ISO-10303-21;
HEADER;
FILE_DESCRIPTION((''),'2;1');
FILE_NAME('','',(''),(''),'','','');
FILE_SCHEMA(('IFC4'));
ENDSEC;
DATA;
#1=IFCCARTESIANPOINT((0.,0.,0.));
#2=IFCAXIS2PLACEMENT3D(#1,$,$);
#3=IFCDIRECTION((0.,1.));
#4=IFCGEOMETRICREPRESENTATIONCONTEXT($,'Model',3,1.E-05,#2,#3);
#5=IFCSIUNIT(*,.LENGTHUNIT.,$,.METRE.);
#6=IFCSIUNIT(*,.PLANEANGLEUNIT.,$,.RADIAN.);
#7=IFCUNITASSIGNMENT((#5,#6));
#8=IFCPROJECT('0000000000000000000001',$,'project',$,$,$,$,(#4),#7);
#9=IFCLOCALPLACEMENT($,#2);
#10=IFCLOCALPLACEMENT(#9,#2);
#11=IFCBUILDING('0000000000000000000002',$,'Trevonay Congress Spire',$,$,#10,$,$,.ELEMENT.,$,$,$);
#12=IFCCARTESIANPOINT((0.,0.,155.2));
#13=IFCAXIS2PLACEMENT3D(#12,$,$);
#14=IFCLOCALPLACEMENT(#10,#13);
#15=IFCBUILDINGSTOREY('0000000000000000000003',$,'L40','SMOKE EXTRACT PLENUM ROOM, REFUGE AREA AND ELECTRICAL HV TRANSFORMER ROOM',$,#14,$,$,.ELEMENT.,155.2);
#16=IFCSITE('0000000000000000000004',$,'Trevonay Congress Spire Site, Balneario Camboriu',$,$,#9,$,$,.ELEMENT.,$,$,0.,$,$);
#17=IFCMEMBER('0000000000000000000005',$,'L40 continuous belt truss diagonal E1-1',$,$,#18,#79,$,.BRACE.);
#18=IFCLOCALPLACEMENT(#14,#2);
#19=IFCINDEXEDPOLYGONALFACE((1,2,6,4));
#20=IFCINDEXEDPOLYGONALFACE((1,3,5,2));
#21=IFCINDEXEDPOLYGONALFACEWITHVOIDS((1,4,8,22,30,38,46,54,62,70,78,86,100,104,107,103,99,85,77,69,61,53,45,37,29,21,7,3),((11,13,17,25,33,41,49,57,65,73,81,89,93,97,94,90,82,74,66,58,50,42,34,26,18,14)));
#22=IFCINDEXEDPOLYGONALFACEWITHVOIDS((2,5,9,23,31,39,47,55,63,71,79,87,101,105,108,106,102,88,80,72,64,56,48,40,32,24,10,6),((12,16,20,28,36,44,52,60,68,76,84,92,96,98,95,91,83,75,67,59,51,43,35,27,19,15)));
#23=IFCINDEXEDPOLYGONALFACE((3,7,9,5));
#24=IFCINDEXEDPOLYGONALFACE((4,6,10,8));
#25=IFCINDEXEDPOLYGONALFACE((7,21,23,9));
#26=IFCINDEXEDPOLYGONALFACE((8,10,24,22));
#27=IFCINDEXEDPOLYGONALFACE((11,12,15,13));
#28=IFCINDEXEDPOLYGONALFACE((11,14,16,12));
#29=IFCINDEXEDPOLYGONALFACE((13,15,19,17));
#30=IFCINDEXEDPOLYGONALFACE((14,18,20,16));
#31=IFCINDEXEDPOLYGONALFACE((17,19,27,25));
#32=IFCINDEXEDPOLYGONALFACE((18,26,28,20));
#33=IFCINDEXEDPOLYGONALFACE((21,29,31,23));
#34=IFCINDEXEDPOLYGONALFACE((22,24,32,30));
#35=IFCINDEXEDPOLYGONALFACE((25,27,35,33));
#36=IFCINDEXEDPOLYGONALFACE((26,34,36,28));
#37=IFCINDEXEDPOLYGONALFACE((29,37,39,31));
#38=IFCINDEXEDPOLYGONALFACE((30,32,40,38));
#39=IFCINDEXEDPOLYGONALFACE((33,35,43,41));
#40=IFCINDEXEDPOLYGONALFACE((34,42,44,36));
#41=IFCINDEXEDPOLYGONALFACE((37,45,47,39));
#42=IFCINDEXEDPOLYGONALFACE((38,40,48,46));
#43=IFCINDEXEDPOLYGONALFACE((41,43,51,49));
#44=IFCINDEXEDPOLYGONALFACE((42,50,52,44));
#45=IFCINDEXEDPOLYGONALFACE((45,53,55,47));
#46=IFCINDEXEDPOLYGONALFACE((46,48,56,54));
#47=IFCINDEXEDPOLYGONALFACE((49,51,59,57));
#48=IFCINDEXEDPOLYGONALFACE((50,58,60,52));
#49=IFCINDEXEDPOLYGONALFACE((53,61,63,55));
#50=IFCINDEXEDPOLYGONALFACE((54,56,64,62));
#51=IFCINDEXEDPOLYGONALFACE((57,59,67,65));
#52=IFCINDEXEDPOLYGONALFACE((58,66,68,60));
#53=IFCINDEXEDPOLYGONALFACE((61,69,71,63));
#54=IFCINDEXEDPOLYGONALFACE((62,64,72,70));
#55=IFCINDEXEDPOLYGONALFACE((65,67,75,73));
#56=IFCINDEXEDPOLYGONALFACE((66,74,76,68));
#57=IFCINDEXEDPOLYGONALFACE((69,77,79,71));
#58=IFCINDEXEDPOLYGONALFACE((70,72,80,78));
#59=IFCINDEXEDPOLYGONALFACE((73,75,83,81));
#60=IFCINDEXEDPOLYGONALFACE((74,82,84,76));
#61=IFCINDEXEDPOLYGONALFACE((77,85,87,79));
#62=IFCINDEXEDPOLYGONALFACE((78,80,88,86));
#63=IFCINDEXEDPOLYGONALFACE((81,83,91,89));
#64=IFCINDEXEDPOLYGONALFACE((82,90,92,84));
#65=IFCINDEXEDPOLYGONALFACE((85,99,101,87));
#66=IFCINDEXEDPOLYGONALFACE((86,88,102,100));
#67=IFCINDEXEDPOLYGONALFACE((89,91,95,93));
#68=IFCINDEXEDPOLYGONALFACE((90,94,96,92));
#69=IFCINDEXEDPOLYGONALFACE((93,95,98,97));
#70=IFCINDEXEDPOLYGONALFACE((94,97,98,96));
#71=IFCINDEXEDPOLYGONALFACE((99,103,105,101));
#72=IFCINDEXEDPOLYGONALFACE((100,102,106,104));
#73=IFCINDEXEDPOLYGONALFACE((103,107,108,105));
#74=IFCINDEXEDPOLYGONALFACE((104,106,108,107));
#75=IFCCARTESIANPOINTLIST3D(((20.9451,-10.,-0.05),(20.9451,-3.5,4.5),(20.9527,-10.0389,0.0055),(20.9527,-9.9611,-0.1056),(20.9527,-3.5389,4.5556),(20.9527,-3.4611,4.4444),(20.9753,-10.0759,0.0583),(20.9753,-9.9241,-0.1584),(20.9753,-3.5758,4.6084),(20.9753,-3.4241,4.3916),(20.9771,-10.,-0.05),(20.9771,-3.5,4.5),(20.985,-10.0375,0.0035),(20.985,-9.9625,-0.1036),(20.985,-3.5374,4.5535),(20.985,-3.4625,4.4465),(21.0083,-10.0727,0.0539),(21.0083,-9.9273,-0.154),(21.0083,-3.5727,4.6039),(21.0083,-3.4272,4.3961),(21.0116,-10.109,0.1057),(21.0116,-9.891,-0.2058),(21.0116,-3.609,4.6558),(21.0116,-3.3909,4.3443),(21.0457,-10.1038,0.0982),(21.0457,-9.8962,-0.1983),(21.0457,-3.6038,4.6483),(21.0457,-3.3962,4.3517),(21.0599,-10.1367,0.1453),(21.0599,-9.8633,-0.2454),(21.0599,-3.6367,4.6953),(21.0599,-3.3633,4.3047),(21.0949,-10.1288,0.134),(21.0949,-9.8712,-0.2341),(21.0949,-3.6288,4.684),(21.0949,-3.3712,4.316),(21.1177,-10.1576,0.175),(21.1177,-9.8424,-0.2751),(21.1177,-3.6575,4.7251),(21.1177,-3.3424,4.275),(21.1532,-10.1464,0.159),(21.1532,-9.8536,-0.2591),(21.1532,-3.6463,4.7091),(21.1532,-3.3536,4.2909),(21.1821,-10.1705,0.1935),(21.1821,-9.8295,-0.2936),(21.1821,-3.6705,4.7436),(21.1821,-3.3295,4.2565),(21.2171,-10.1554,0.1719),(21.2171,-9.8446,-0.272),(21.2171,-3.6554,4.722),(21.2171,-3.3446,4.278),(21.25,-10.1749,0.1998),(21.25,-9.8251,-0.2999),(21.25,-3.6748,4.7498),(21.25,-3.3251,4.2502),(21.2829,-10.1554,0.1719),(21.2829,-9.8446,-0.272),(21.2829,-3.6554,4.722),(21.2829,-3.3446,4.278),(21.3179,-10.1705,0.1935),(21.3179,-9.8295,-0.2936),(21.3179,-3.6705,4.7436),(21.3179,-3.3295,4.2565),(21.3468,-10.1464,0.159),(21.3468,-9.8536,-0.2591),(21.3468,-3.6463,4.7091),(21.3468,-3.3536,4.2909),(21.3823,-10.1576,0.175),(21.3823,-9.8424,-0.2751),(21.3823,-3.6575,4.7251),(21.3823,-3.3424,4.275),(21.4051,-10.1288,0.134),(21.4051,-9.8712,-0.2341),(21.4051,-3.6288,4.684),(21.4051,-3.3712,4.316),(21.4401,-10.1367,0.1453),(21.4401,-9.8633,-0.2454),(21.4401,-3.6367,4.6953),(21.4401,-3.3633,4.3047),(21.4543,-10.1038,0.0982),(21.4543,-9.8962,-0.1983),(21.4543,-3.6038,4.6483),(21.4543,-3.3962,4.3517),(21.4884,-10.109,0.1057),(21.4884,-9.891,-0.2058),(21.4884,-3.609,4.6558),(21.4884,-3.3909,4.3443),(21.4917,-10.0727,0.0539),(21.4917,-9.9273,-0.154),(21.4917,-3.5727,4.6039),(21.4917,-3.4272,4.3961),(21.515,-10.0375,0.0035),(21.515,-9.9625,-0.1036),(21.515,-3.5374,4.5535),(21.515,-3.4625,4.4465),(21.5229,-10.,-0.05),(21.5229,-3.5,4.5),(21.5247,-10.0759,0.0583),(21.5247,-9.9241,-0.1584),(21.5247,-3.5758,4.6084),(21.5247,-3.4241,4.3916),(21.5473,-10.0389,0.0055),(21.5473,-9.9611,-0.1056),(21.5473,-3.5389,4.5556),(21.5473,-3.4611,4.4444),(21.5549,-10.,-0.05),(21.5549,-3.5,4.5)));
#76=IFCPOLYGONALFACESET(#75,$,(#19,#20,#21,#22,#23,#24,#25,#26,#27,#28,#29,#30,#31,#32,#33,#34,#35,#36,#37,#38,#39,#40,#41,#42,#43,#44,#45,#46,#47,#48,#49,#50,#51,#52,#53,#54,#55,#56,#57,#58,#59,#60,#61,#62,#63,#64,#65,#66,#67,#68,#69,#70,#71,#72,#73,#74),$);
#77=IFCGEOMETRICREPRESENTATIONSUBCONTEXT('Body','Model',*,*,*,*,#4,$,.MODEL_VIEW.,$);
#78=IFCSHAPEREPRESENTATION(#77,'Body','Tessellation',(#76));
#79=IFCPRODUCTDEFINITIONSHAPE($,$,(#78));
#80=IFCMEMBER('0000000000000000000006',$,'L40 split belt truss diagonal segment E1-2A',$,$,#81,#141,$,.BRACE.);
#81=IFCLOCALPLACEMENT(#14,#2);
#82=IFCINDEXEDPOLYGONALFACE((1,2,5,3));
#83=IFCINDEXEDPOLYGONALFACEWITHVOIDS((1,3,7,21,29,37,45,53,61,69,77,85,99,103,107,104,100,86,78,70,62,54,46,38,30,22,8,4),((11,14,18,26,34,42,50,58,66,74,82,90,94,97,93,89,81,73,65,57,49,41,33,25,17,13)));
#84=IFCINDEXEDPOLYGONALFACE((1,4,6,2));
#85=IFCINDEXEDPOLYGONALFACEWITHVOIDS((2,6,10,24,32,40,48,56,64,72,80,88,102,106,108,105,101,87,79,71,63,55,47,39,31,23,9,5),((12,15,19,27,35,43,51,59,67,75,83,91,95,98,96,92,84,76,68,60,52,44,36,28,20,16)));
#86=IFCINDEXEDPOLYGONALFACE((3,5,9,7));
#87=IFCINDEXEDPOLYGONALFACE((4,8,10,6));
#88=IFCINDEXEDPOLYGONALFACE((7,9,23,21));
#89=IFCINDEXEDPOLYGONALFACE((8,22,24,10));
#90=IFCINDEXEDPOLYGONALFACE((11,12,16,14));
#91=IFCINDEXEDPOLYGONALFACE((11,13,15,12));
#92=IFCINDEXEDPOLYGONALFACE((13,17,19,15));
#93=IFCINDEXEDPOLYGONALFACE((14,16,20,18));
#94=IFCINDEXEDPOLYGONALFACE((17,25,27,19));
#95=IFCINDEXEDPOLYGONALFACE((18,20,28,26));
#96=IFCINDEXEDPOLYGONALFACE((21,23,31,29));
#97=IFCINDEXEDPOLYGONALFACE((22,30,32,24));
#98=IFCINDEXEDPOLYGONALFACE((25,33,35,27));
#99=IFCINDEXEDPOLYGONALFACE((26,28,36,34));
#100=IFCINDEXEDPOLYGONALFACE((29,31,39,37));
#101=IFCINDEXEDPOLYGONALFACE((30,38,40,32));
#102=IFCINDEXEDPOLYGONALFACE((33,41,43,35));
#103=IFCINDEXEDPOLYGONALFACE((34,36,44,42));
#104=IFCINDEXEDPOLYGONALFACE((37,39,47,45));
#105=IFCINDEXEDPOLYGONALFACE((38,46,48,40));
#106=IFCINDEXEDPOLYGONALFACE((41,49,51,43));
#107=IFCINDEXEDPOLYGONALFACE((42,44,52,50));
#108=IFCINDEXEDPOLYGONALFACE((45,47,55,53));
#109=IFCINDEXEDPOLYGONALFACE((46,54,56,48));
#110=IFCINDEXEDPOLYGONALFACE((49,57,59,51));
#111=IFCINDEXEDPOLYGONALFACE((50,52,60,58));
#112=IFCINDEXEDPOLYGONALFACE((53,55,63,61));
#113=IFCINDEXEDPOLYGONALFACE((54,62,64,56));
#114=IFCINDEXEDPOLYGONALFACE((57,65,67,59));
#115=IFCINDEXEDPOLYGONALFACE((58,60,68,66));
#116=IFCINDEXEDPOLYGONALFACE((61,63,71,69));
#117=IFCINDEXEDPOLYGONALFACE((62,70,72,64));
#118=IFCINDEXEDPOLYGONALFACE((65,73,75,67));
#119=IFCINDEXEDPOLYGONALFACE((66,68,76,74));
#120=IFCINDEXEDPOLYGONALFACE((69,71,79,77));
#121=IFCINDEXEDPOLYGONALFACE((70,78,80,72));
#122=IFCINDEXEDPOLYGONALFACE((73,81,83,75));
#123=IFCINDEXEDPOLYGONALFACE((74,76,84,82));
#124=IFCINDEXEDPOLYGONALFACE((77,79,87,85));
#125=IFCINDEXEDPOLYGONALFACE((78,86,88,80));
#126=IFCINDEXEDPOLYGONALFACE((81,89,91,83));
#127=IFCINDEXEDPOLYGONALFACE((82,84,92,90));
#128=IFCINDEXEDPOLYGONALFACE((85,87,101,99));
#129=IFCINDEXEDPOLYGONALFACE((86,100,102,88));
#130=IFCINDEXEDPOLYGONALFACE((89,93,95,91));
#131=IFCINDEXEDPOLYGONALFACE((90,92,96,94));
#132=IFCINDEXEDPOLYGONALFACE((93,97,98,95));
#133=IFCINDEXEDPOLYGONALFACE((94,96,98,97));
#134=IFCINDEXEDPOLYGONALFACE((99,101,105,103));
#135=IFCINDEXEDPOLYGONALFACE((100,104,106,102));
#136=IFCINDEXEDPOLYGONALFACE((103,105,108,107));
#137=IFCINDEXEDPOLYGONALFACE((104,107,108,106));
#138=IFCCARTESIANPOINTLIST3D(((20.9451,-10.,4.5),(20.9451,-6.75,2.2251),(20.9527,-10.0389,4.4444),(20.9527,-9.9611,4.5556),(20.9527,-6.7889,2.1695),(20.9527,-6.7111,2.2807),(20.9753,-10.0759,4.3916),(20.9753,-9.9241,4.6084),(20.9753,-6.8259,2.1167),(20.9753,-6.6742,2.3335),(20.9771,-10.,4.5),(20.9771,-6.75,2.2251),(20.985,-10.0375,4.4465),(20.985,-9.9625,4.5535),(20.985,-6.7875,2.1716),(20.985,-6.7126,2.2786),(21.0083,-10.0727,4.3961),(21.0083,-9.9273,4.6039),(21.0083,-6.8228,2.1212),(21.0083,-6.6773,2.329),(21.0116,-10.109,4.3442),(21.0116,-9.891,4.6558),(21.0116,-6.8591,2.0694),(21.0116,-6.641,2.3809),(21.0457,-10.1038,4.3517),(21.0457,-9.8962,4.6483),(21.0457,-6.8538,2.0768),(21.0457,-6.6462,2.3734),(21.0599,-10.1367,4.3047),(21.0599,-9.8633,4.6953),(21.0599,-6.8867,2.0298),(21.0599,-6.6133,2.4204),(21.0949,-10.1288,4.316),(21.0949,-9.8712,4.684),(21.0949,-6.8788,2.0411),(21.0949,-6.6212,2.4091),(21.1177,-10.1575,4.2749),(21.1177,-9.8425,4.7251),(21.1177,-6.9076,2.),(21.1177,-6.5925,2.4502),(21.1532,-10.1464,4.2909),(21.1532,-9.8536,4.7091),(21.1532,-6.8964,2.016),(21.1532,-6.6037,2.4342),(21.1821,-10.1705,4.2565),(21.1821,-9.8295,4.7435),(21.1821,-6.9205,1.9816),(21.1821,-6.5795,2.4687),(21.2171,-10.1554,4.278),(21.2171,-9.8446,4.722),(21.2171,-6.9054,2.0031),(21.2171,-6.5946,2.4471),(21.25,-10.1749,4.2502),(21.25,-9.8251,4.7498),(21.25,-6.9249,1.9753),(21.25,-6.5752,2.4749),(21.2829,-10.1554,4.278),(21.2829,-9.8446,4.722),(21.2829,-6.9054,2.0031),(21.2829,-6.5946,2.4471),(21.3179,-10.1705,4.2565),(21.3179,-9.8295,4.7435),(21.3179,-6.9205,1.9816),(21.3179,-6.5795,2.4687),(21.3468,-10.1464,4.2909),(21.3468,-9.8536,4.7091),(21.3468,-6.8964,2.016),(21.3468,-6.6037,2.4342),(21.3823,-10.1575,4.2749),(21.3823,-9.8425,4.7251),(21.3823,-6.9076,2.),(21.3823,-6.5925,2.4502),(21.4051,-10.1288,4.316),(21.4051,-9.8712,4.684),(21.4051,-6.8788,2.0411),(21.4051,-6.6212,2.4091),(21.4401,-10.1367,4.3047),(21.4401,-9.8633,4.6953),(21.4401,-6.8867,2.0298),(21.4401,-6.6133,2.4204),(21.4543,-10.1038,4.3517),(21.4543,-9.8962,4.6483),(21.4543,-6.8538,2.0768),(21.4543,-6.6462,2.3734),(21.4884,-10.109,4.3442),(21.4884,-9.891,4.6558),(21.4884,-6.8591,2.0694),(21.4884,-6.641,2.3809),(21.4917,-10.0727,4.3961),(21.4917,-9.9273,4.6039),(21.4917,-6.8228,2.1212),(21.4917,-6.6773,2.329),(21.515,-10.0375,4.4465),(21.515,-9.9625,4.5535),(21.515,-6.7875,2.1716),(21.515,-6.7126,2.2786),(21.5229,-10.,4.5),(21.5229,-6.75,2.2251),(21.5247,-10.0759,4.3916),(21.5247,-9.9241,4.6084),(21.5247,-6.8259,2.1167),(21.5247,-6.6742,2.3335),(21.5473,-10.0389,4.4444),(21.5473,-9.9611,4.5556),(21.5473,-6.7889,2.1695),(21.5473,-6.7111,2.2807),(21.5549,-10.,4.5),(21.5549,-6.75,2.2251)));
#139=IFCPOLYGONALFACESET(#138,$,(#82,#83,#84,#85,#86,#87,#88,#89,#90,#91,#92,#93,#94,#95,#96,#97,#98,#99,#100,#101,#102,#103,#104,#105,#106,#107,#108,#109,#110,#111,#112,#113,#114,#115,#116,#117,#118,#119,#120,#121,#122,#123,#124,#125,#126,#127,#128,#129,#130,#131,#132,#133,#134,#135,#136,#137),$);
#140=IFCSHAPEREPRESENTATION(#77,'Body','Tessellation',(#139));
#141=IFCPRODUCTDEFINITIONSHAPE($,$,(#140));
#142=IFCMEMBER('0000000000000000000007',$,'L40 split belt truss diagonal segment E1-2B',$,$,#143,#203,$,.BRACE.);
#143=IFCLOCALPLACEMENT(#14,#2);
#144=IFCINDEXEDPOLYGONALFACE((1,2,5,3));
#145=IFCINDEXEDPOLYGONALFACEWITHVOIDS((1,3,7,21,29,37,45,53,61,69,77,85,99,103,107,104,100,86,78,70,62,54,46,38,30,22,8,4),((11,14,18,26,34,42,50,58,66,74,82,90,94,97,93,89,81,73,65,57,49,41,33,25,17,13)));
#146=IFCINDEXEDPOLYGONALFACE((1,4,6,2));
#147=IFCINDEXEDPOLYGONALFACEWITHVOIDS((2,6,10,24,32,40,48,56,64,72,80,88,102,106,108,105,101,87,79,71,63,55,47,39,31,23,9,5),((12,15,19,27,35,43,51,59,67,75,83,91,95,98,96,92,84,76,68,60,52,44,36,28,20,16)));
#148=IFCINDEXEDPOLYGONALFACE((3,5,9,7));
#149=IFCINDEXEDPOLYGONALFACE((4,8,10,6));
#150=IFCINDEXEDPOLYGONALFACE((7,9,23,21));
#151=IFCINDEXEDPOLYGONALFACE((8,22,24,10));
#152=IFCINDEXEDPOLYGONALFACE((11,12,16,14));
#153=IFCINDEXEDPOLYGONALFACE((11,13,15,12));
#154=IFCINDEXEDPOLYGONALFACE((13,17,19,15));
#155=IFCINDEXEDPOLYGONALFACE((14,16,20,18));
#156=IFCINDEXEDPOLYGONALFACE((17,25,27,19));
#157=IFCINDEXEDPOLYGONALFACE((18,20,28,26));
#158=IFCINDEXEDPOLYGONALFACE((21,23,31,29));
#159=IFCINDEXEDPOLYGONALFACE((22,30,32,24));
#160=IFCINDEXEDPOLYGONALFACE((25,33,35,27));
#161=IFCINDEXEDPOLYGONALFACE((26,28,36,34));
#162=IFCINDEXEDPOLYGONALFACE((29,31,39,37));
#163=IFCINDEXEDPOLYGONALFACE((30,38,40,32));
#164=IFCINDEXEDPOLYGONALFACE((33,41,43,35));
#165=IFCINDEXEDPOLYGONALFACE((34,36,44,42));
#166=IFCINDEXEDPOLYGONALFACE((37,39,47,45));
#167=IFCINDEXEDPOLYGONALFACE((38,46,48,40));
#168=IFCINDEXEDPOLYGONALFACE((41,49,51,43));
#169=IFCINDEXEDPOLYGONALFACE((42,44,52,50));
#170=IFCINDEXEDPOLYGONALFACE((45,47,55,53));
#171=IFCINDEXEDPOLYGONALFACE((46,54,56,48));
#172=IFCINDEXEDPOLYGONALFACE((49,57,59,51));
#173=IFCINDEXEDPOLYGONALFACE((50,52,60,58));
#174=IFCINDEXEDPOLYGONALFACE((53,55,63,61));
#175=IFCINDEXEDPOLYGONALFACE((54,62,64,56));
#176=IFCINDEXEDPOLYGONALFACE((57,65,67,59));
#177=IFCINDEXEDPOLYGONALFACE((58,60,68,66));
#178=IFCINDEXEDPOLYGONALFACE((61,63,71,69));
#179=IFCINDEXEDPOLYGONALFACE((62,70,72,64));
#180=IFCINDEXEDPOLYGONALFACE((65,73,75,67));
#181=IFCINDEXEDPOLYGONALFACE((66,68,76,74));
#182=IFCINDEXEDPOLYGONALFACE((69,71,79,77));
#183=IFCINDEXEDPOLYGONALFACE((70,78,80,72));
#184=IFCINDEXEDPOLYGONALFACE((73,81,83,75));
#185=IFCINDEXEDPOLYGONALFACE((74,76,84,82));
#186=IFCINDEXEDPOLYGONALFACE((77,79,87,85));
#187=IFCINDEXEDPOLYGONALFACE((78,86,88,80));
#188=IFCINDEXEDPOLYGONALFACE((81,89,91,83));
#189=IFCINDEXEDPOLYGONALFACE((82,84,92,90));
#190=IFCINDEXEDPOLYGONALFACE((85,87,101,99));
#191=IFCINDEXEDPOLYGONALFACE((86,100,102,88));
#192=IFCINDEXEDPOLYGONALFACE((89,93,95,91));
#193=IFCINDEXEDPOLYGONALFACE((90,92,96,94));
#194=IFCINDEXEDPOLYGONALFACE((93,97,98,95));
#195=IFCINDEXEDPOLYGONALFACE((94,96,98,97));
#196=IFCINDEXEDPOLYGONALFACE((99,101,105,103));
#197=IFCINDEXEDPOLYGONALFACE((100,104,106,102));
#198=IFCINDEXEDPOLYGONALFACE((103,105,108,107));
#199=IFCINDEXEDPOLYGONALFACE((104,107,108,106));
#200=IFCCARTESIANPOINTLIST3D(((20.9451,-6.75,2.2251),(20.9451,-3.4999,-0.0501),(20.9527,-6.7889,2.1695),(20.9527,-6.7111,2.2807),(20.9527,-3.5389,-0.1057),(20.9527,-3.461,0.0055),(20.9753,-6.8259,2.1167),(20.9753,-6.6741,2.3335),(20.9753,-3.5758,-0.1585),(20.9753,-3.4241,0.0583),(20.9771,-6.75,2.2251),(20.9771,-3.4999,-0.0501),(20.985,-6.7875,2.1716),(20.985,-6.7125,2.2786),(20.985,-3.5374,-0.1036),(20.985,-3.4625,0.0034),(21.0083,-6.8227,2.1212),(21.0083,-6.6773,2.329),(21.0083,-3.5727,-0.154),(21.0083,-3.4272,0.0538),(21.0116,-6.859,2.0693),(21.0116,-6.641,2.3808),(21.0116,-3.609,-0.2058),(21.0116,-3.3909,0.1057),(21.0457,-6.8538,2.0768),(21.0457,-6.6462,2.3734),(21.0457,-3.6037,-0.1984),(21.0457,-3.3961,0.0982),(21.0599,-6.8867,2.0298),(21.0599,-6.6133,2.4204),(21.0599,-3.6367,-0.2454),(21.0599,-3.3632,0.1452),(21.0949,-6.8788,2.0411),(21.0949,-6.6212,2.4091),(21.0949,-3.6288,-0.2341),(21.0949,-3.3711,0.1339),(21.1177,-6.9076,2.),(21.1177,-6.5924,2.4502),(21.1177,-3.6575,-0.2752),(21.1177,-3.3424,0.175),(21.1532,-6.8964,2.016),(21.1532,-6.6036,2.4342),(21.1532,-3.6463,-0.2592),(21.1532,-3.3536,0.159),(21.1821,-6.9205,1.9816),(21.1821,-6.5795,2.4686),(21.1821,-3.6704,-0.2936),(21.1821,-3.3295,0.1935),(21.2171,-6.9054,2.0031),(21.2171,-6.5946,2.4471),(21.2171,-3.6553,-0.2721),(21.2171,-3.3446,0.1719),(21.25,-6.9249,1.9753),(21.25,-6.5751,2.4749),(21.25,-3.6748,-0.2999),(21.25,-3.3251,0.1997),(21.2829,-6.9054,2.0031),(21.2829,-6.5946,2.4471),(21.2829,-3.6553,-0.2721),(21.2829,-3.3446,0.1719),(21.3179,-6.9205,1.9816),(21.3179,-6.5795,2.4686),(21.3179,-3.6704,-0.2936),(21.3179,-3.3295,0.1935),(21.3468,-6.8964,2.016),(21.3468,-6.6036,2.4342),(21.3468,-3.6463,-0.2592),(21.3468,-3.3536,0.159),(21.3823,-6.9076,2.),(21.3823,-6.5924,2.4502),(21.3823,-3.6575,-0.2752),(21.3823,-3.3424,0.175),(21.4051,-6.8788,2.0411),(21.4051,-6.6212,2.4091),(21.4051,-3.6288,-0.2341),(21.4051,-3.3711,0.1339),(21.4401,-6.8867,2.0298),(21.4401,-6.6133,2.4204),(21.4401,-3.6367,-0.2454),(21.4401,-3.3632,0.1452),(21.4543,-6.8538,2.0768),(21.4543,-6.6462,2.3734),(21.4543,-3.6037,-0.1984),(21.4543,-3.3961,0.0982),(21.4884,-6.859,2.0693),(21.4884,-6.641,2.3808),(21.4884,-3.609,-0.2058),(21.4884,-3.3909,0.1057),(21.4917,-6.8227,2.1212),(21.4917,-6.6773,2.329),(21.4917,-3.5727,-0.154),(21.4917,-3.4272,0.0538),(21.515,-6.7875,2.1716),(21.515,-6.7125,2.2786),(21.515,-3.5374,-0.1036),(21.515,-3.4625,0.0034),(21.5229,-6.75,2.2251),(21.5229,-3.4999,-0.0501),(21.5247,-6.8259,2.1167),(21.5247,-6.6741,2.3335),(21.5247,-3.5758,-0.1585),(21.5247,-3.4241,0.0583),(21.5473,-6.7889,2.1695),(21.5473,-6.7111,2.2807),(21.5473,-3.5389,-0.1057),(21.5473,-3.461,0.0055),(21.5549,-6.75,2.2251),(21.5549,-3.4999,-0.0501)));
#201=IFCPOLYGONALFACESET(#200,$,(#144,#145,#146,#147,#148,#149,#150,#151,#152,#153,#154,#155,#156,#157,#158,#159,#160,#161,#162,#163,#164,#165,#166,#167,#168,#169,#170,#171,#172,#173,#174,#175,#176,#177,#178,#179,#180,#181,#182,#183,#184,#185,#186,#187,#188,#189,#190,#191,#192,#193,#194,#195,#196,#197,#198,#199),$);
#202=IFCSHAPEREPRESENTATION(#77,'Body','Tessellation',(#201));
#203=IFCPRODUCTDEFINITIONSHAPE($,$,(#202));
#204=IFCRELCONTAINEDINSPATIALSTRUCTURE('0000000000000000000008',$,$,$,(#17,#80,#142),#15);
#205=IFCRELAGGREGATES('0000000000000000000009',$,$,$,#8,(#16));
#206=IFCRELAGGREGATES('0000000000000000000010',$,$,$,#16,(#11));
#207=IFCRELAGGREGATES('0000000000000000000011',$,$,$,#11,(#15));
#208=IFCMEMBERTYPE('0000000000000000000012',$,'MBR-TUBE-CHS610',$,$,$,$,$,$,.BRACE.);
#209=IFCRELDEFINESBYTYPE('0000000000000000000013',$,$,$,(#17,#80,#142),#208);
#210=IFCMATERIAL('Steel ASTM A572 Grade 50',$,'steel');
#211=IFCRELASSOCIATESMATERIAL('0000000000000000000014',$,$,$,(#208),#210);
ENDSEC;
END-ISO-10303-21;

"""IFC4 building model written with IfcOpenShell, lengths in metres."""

from ifc_helpers import new_model, si_unit, direction, frame, origin, origin_2d, place, context, subcontext, project, spatial, hollow_circle, extrude, material, material_profile, profile_set, type_object, element, save


model = new_model("IFC4")

# Units and contexts
model_context = context("Model", 3, precision=1e-05, world=origin(), true_north=direction((0.0, 1.0)))
body_context = subcontext(model_context, "Body", "Model", "MODEL_VIEW")
ifc_project = project(units=[si_unit("LENGTHUNIT", "METRE"), si_unit("PLANEANGLEUNIT", "RADIAN")], contexts=[model_context])

# Site, building, storey
site_placement = place(None, origin())
site = spatial("IfcSite", under=ifc_project, at=site_placement, Name="Trevonay Congress Spire Site, Balneario Camboriu", CompositionType="ELEMENT", RefElevation=0.0)
building_placement = place(site_placement, origin())
building = spatial("IfcBuilding", under=site, at=building_placement, Name="Trevonay Congress Spire", CompositionType="ELEMENT")
storey_placement = place(building_placement, frame((0.0, 0.0, 155.2)))
storey = spatial("IfcBuildingStorey", under=building, at=storey_placement, Name="L40", Description="SMOKE EXTRACT PLENUM ROOM, REFUGE AREA AND ELECTRICAL HV TRANSFORMER ROOM", CompositionType="ELEMENT", Elevation=155.2)

# Shared definitions
ifc_material_1 = material(Name="Steel ASTM A572 Grade 50", Category="steel")

# Members
ifc_material_profile_1 = material_profile(ifc_material_1, hollow_circle(Radius=0.3049, WallThickness=0.032, at=origin_2d()), Name="CHS 610x32")
ifc_profile_set_1 = profile_set([ifc_material_profile_1], Name="Steel ASTM A572 Grade 50")
member_type_1 = type_object("IfcMemberType", Name="MBR-TUBE-CHS610", PredefinedType="BRACE", material=ifc_profile_set_1)
member_1_placement = place(storey_placement, frame((21.25, -10.0, -0.05), z_axis=(0.0, 0.819229, 0.573466), x_axis=(-1.0, 0.0, 0.0)))
element("IfcMember", 1, at=member_1_placement, inside=storey, type_object=member_type_1, Name="L40 continuous belt truss diagonal E1-1", PredefinedType="BRACE", context=body_context, shape_type="SweptSolid", body=[
    extrude(hollow_circle(Radius=0.3049, WallThickness=0.032, at=origin_2d()), origin(), (0.0, 0.0, 1.0), 7.9343),
])
member_2_placement = place(storey_placement, frame((21.25, -10.0, 4.5), z_axis=(0.0, 0.819243, -0.573446), x_axis=(-1.0, 0.0, 0.0)))
element("IfcMember", 2, at=member_2_placement, inside=storey, type_object=member_type_1, Name="L40 split belt truss diagonal segment E1-2A", PredefinedType="BRACE", context=body_context, shape_type="SweptSolid", body=[
    extrude(hollow_circle(Radius=0.3049, WallThickness=0.032, at=origin_2d()), origin(), (0.0, 0.0, 1.0), 3.967),
])
member_3_placement = place(storey_placement, frame((21.25, -6.75, 2.2251), z_axis=(0.0, 0.819215, -0.573487), x_axis=(-1.0, 0.0, 0.0)))
element("IfcMember", 3, at=member_3_placement, inside=storey, type_object=member_type_1, Name="L40 split belt truss diagonal segment E1-2B", PredefinedType="BRACE", context=body_context, shape_type="SweptSolid", body=[
    extrude(hollow_circle(Radius=0.3049, WallThickness=0.032, at=origin_2d()), origin(), (0.0, 0.0, 1.0), 3.9673),
])

save(model, "model.ifc")
